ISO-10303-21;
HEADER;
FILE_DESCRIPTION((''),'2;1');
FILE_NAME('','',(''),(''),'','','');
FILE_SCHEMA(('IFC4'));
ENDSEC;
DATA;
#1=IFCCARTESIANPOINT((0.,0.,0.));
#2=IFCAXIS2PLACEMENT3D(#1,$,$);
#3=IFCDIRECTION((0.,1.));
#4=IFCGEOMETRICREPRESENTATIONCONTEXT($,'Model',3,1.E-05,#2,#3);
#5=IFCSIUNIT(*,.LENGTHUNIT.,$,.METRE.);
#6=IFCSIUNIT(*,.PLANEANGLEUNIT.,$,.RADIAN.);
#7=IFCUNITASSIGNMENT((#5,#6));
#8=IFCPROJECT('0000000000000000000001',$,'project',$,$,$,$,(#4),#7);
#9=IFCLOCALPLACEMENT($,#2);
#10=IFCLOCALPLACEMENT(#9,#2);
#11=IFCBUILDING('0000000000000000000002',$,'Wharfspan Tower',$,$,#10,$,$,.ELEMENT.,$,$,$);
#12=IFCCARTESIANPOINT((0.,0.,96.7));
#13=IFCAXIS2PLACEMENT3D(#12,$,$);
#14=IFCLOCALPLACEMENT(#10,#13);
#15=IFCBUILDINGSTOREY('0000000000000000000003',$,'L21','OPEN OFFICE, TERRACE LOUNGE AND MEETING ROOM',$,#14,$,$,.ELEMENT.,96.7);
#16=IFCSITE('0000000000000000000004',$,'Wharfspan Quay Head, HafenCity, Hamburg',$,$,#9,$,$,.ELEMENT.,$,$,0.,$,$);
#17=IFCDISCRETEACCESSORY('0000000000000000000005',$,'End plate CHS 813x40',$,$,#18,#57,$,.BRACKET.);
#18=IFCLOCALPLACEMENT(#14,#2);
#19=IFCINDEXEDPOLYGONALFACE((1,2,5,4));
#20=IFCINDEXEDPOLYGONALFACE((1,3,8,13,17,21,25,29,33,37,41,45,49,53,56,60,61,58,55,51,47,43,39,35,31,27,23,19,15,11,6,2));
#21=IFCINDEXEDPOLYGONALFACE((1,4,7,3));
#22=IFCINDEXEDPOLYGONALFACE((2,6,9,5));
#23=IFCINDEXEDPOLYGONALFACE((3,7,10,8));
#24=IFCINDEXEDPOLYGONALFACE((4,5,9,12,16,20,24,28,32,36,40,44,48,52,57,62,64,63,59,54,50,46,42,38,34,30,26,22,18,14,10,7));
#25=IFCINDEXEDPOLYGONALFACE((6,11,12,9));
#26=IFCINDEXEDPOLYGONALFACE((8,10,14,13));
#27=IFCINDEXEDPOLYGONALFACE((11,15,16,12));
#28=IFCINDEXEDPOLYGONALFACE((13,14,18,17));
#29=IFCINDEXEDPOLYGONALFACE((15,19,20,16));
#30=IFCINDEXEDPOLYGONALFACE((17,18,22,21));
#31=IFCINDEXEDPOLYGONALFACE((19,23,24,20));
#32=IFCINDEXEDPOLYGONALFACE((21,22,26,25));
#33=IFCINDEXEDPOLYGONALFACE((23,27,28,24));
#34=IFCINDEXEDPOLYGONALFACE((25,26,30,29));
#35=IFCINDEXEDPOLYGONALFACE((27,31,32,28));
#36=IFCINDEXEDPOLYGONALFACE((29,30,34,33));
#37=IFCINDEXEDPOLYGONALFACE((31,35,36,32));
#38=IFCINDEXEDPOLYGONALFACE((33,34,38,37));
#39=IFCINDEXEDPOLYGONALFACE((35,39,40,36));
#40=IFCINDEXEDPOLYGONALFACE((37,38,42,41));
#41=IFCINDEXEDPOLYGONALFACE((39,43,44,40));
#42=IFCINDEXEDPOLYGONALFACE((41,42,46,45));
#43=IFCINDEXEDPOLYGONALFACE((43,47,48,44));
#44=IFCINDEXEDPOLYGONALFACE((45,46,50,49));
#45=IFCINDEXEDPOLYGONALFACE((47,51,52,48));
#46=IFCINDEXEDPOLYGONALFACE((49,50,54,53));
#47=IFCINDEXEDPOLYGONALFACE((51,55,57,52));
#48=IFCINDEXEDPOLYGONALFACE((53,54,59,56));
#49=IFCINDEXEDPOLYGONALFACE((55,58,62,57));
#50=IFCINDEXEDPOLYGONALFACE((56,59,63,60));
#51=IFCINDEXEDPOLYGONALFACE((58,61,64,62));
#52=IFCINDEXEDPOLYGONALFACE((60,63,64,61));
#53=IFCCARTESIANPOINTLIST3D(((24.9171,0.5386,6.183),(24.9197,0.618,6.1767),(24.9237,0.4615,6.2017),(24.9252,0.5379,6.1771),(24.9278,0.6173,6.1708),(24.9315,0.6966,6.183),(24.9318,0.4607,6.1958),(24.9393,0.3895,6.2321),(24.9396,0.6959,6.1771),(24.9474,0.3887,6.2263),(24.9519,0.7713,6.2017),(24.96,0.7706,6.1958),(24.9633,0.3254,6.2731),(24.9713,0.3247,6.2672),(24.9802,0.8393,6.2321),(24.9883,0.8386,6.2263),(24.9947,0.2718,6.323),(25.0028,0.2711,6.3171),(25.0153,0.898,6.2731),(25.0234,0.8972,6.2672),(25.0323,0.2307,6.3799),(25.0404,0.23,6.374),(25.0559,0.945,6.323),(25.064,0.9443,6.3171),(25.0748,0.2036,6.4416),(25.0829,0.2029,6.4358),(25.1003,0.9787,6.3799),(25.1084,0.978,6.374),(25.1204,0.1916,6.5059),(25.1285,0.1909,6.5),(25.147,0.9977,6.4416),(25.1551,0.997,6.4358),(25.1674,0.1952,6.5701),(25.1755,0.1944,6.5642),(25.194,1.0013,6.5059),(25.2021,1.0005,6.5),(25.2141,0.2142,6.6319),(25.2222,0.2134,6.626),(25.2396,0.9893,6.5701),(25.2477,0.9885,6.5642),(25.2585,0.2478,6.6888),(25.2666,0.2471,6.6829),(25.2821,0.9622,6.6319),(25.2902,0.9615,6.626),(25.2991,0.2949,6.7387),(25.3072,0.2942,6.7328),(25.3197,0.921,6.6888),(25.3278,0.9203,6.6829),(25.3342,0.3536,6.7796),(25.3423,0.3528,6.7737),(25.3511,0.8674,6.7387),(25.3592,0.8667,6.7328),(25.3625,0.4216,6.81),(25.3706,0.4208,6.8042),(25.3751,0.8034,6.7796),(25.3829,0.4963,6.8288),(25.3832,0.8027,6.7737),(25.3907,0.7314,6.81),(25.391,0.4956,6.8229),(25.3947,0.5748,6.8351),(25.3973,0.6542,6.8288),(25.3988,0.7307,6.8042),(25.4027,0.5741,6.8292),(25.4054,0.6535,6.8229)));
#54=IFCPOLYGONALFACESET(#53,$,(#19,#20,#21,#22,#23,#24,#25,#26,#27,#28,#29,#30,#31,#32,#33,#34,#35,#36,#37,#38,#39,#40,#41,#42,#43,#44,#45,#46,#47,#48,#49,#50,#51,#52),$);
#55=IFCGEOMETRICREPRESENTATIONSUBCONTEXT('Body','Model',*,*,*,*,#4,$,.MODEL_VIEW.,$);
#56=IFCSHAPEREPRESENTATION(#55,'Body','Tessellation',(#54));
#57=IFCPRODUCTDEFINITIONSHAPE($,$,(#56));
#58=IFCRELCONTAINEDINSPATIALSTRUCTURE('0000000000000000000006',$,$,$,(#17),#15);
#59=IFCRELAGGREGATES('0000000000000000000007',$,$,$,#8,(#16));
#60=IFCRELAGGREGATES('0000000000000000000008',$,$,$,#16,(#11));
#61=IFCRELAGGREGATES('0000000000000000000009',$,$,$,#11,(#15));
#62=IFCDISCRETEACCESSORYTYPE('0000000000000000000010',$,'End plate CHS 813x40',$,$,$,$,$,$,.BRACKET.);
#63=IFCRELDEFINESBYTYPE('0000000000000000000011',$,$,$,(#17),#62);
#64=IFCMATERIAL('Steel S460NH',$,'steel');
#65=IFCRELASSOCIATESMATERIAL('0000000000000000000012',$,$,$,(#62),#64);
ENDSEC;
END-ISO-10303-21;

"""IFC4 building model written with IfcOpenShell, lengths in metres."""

from ifc_helpers import new_model, si_unit, direction, frame, origin, origin_2d, place, context, subcontext, project, spatial, circle, extrude, material, material_profile, profile_set, type_object, element, save


model = new_model("IFC4")

# Units and contexts
model_context = context("Model", 3, precision=1e-05, world=origin(), true_north=direction((0.0, 1.0)))
body_context = subcontext(model_context, "Body", "Model", "MODEL_VIEW")
ifc_project = project(units=[si_unit("LENGTHUNIT", "METRE"), si_unit("PLANEANGLEUNIT", "RADIAN")], contexts=[model_context])

# Site, building, storey
site_placement = place(None, origin())
site = spatial("IfcSite", under=ifc_project, at=site_placement, Name="Wharfspan Quay Head, HafenCity, Hamburg", CompositionType="ELEMENT", RefElevation=0.0)
building_placement = place(site_placement, origin())
building = spatial("IfcBuilding", under=site, at=building_placement, Name="Wharfspan Tower", CompositionType="ELEMENT")
storey_placement = place(building_placement, frame((0.0, 0.0, 96.7)))
storey = spatial("IfcBuildingStorey", under=building, at=storey_placement, Name="L21", Description="OPEN OFFICE, TERRACE LOUNGE AND MEETING ROOM", CompositionType="ELEMENT", Elevation=96.7)

# Shared definitions
ifc_material_1 = material(Name="Steel S460NH", Category="steel")

# Discrete accessory
ifc_material_profile_1 = material_profile(ifc_material_1, circle(Radius=0.4065, at=origin_2d()))
ifc_profile_set_1 = profile_set([ifc_material_profile_1], Name="Steel S460NH")
discrete_accessory_type = type_object("IfcDiscreteAccessoryType", Name="End plate CHS 813x40", PredefinedType="BRACKET", material=ifc_profile_set_1)
discrete_accessory_1_placement = place(storey_placement, frame((25.1653, 0.5957, 6.5), z_axis=(-0.806559, 0.073324, 0.586588), x_axis=(-0.090536, -0.99589, 0.0)))
element("IfcDiscreteAccessory", 1, at=discrete_accessory_1_placement, inside=storey, type_object=discrete_accessory_type, Name="End plate CHS 813x40", PredefinedType="BRACKET", context=body_context, shape_type="SweptSolid", body=[
    extrude(circle(Radius=0.4065, at=origin_2d()), origin(), (0.0, 0.0, 1.0), 0.01),
])

save(model, "model.ifc")
